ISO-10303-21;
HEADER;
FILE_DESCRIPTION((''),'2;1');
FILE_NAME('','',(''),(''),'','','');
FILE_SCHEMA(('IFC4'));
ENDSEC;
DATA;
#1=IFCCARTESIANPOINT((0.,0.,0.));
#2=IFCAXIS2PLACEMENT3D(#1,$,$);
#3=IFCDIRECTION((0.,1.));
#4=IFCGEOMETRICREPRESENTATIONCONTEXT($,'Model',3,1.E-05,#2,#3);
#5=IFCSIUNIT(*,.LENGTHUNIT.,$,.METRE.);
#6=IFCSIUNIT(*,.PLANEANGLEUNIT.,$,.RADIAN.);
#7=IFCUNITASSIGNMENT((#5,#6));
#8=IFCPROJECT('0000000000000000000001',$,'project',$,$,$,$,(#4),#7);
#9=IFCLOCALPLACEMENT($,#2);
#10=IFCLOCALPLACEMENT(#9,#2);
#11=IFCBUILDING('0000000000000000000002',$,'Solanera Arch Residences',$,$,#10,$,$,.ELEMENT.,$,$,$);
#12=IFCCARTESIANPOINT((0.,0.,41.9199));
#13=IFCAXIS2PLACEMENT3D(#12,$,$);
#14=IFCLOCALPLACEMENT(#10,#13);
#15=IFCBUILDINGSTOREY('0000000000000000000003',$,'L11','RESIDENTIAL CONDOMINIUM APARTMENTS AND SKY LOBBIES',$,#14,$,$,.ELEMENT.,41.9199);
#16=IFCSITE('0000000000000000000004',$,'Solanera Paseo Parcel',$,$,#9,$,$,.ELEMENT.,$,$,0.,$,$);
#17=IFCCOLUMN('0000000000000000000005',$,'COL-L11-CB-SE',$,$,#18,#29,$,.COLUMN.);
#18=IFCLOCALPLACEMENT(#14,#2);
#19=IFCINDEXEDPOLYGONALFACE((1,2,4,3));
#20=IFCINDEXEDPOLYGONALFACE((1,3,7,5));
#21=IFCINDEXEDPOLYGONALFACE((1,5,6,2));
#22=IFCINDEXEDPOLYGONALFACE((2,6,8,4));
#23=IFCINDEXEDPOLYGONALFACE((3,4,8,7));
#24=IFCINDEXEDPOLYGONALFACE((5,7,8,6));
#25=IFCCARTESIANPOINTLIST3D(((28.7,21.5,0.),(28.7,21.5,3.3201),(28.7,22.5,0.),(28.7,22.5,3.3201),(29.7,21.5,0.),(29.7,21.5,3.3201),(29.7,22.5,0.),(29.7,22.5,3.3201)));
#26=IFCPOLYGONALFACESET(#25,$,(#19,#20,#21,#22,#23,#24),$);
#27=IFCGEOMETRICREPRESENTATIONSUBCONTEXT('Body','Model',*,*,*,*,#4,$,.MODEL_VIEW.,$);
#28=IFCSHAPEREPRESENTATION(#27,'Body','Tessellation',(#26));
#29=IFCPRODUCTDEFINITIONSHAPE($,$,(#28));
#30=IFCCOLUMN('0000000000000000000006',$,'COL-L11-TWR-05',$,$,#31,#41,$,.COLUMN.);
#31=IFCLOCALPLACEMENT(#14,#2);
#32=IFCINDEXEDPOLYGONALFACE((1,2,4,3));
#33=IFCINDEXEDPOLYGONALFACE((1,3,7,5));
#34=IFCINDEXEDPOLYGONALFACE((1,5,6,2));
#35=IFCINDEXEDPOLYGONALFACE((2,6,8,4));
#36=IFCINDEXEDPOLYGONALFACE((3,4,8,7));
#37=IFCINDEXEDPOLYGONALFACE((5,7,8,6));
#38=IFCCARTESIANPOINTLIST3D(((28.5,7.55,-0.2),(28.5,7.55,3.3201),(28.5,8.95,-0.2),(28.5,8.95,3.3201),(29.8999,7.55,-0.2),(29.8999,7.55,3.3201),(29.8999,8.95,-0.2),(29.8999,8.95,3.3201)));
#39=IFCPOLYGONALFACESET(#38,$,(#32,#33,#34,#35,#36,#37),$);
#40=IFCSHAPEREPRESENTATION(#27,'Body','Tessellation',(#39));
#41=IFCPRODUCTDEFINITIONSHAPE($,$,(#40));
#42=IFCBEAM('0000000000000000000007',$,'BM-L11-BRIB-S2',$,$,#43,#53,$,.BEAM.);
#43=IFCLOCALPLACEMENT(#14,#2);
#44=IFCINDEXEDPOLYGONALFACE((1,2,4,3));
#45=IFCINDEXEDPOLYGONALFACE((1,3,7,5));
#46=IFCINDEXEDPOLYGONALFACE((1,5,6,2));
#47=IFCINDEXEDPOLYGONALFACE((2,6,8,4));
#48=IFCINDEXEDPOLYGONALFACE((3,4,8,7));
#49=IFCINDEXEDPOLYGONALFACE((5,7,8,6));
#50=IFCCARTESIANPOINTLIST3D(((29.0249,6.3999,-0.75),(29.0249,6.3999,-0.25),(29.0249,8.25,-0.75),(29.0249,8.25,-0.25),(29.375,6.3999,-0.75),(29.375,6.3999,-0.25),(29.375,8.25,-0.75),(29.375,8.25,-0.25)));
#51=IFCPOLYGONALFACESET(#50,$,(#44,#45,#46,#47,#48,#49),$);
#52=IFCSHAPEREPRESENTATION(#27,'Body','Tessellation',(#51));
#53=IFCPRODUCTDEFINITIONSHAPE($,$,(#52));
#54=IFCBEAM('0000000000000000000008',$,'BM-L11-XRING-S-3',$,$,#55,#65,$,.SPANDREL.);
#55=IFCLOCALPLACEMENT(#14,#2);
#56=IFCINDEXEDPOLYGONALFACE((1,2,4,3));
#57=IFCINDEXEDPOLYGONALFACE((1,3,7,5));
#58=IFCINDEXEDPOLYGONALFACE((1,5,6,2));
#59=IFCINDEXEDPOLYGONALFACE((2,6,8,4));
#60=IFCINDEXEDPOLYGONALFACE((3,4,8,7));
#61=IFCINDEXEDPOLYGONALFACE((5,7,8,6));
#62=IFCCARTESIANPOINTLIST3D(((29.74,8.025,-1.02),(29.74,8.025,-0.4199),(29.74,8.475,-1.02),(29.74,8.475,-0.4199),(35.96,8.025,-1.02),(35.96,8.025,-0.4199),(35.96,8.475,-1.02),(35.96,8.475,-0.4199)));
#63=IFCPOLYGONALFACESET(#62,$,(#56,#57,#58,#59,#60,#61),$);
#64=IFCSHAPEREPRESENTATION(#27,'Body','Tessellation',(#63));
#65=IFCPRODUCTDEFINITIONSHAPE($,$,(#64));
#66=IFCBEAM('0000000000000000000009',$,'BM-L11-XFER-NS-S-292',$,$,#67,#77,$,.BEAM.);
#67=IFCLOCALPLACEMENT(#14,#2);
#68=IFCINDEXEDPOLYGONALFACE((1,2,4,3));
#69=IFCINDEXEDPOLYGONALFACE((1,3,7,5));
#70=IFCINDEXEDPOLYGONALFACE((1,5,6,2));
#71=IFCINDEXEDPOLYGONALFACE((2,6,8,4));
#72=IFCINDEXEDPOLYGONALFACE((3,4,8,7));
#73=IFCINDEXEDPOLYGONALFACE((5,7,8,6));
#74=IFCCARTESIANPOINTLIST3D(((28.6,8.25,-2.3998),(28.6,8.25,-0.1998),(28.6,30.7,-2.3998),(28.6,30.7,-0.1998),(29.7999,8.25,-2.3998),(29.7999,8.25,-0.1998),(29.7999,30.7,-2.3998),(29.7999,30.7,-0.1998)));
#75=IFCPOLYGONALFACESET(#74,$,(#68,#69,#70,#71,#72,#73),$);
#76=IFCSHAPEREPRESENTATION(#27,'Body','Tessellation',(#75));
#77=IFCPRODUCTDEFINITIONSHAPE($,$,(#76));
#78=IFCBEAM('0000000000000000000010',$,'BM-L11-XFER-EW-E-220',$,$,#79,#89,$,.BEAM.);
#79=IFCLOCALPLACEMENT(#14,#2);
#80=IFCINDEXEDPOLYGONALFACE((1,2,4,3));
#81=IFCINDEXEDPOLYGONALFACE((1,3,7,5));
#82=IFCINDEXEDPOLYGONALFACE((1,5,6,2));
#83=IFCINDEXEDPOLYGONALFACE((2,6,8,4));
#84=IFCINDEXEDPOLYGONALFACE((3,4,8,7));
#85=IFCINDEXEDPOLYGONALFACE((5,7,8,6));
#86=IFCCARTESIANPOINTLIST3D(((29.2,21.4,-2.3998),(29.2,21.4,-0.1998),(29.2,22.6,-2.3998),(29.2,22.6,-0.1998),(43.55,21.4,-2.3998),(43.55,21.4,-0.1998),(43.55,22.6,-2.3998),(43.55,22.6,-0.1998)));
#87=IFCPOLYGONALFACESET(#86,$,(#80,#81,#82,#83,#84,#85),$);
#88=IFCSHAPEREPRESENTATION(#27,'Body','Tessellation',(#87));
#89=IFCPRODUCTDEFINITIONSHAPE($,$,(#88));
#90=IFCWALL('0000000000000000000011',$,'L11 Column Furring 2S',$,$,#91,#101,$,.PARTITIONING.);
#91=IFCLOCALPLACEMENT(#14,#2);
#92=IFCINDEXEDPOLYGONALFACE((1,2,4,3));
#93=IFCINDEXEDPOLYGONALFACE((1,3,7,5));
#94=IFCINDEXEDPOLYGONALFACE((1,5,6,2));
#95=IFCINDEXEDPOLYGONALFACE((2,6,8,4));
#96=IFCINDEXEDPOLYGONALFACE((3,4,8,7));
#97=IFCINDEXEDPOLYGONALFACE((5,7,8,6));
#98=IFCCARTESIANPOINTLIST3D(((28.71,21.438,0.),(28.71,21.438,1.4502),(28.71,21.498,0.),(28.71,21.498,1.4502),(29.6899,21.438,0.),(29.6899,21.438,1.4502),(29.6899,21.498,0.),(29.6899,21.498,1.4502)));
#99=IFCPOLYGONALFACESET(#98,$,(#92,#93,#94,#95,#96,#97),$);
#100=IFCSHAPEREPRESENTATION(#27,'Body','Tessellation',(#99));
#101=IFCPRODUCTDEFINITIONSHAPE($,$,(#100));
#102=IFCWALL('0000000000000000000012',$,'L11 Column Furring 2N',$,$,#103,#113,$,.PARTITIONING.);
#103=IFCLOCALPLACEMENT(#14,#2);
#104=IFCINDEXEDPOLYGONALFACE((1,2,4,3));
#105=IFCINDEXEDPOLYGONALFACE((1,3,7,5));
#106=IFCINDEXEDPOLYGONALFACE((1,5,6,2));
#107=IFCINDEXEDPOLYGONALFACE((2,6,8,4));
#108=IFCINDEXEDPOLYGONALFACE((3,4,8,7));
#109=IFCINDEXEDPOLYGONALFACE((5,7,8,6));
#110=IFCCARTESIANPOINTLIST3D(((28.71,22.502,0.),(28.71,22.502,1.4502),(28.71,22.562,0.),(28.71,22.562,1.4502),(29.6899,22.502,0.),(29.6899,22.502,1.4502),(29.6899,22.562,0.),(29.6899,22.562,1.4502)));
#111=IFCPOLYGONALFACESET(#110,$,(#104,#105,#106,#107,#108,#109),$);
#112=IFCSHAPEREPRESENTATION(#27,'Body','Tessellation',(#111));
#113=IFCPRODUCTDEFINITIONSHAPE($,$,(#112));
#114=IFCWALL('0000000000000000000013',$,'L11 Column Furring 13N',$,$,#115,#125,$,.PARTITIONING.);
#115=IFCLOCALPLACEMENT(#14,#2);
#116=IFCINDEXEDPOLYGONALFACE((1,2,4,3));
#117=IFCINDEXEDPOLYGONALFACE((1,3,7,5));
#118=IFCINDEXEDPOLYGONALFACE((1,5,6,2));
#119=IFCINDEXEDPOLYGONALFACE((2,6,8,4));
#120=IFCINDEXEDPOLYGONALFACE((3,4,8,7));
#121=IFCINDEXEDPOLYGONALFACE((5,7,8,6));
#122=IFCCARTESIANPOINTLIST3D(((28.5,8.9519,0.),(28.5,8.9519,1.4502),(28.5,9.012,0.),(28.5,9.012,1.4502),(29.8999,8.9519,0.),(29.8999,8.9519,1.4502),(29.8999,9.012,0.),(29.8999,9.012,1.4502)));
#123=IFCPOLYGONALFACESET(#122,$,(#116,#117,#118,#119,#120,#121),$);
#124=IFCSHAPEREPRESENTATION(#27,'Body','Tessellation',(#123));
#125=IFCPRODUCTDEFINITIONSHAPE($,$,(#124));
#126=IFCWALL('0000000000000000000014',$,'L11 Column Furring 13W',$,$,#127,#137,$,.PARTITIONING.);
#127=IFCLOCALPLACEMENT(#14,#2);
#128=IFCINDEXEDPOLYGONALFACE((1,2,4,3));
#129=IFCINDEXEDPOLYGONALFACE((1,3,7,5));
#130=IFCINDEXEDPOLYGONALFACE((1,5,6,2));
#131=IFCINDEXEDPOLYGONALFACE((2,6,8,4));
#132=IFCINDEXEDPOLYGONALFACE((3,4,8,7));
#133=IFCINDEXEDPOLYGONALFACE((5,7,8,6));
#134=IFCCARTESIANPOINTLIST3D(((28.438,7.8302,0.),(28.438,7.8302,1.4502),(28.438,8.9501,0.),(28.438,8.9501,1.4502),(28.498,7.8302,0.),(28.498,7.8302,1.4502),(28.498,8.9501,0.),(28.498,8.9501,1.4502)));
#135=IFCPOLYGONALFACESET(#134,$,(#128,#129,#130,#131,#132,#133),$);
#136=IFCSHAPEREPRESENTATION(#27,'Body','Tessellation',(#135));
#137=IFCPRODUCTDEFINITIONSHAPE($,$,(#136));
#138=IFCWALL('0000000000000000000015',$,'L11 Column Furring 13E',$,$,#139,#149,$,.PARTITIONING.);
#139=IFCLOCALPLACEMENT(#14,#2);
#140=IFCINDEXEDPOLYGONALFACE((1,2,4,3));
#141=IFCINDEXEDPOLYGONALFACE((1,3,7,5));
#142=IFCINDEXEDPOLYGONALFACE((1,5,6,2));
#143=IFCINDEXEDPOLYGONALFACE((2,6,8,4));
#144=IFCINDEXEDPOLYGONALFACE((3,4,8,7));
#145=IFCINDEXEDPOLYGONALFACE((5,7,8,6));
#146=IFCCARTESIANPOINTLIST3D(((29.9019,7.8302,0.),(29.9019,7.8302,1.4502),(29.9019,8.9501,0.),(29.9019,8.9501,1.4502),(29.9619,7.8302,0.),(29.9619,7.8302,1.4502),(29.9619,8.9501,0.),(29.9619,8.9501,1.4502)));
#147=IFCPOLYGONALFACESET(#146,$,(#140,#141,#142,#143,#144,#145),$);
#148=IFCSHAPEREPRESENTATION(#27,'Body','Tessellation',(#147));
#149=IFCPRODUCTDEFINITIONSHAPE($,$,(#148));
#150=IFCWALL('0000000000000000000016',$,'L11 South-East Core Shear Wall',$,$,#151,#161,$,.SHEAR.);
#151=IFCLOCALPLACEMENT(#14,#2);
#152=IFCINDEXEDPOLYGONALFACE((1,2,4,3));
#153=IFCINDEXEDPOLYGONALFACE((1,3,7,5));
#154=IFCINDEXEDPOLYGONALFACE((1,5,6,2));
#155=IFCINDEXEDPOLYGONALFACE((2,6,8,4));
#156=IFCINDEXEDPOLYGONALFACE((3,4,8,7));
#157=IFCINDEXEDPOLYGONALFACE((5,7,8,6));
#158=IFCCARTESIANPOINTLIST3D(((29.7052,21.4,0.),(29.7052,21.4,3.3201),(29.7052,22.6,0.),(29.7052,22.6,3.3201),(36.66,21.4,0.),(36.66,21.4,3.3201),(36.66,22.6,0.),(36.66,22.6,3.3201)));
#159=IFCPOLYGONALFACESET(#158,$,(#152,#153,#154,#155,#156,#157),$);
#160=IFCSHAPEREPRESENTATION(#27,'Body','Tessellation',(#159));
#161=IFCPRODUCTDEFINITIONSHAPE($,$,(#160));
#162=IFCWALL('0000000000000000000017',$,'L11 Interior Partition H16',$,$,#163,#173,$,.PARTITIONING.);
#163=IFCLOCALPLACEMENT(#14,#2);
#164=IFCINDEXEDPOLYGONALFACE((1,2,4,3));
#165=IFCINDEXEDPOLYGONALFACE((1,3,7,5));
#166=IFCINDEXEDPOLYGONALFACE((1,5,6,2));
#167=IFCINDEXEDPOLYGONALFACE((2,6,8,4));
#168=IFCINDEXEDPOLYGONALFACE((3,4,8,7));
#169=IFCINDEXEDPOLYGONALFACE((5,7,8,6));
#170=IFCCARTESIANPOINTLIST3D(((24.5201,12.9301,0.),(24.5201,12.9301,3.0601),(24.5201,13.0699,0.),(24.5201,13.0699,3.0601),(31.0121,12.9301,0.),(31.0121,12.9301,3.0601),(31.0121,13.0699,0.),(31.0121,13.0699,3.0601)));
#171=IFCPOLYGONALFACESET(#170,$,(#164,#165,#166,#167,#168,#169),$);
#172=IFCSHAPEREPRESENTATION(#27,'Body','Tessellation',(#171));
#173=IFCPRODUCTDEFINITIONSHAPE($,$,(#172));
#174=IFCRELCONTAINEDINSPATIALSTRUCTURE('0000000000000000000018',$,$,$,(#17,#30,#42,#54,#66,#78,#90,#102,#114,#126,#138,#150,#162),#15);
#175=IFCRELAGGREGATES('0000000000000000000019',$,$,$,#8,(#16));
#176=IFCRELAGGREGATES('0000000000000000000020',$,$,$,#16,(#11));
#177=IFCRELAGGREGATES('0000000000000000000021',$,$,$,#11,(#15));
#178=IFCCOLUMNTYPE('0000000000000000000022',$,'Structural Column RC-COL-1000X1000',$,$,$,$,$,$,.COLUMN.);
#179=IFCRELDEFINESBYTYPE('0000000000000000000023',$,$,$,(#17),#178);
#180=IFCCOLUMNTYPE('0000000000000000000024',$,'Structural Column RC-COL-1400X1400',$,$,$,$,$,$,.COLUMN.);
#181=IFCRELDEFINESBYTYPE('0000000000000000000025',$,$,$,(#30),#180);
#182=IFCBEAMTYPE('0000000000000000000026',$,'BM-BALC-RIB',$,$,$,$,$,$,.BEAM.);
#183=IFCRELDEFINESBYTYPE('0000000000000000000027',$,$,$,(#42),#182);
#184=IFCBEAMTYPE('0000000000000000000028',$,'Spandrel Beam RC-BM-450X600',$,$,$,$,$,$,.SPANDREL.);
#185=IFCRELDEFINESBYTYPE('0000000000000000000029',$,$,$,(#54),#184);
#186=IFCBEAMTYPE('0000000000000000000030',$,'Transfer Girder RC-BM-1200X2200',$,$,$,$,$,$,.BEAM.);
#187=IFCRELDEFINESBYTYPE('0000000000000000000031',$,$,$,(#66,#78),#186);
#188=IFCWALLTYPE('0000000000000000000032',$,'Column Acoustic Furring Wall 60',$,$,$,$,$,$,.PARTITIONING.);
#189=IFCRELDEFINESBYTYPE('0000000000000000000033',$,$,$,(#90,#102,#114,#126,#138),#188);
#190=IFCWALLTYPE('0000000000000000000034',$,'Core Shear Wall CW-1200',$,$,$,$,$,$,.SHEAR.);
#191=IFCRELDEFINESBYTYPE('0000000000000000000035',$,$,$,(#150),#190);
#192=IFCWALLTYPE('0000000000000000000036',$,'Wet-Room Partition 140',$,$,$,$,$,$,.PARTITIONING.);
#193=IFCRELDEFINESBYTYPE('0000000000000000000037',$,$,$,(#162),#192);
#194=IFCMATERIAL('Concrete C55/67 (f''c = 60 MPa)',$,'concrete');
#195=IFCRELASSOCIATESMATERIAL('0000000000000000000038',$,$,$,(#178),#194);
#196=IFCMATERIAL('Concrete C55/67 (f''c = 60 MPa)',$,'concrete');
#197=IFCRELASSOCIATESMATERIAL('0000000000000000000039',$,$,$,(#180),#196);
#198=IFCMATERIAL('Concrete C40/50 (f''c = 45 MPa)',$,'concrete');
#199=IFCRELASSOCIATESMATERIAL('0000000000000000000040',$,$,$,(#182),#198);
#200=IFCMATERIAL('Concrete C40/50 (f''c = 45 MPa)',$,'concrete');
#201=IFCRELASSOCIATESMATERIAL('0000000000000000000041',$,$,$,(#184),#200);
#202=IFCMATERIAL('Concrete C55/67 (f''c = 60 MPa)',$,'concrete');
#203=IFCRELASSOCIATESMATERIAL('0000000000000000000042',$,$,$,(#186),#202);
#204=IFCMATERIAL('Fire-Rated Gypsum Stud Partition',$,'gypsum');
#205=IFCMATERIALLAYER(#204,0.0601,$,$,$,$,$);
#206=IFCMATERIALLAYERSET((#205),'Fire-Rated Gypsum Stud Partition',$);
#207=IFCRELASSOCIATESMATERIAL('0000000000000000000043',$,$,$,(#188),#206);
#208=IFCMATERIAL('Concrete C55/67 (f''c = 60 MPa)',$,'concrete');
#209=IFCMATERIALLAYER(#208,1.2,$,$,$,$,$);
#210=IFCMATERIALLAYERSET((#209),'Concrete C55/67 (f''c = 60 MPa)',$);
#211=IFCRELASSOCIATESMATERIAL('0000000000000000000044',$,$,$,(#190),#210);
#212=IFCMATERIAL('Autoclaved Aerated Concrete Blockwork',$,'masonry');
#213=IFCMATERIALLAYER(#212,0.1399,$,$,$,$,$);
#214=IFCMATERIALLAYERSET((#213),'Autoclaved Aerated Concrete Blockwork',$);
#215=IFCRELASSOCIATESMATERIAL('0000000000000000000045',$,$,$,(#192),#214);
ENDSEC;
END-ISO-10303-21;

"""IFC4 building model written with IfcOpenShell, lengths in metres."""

from ifc_helpers import new_model, si_unit, direction, frame, frame_2d, origin, origin_2d, place, context, subcontext, project, spatial, rectangle, extrude, material, layer, layer_set, material_profile, profile_set, type_object, element, save


model = new_model("IFC4")

# Units and contexts
model_context = context("Model", 3, precision=1e-05, world=origin(), true_north=direction((0.0, 1.0)))
body_context = subcontext(model_context, "Body", "Model", "MODEL_VIEW")
ifc_project = project(units=[si_unit("LENGTHUNIT", "METRE"), si_unit("PLANEANGLEUNIT", "RADIAN")], contexts=[model_context])

# Site, building, storey
site_placement = place(None, origin())
site = spatial("IfcSite", under=ifc_project, at=site_placement, Name="Solanera Paseo Parcel", CompositionType="ELEMENT", RefElevation=0.0)
building_placement = place(site_placement, origin())
building = spatial("IfcBuilding", under=site, at=building_placement, Name="Solanera Arch Residences", CompositionType="ELEMENT")
storey_placement = place(building_placement, frame((0.0, 0.0, 41.9199)))
storey = spatial("IfcBuildingStorey", under=building, at=storey_placement, Name="L11", Description="RESIDENTIAL CONDOMINIUM APARTMENTS AND SKY LOBBIES", CompositionType="ELEMENT", Elevation=41.9199)

# Columns
ifc_material_1 = material(Name="Concrete C55/67 (f'c = 60 MPa)", Category="concrete")
ifc_material_profile_1 = material_profile(ifc_material_1, rectangle(XDim=1.0, YDim=1.0, at=origin_2d()))
ifc_profile_set_1 = profile_set([ifc_material_profile_1], Name="Concrete C55/67 (f'c = 60 MPa)")
column_type_1 = type_object("IfcColumnType", Name="Structural Column RC-COL-1000X1000", PredefinedType="COLUMN", material=ifc_profile_set_1)
column_1_placement = place(storey_placement, frame((29.2, 22.0, 0.0), z_axis=(0.0, 0.0, 1.0), x_axis=(1.0, 0.0, 0.0)))
element("IfcColumn", 1, at=column_1_placement, inside=storey, type_object=column_type_1, Name="COL-L11-CB-SE", PredefinedType="COLUMN", context=body_context, shape_type="SweptSolid", body=[
    extrude(rectangle(XDim=1.0, YDim=1.0, at=origin_2d()), origin(), (0.0, 0.0, 1.0), 3.3201),
])
ifc_material_2 = material(Name="Concrete C55/67 (f'c = 60 MPa)", Category="concrete")
ifc_material_profile_2 = material_profile(ifc_material_2, rectangle(XDim=1.3999, YDim=1.3999, at=origin_2d()))
ifc_profile_set_2 = profile_set([ifc_material_profile_2], Name="Concrete C55/67 (f'c = 60 MPa)")
column_type_2 = type_object("IfcColumnType", Name="Structural Column RC-COL-1400X1400", PredefinedType="COLUMN", material=ifc_profile_set_2)
column_2_placement = place(storey_placement, frame((29.2, 8.25, -0.2), z_axis=(0.0, 0.0, 1.0), x_axis=(1.0, 0.0, 0.0)))
element("IfcColumn", 2, at=column_2_placement, inside=storey, type_object=column_type_2, Name="COL-L11-TWR-05", PredefinedType="COLUMN", context=body_context, shape_type="SweptSolid", body=[
    extrude(rectangle(XDim=1.3999, YDim=1.3999, at=origin_2d()), origin(), (0.0, 0.0, 1.0), 3.52),
])

# Beams
ifc_material_3 = material(Name="Concrete C40/50 (f'c = 45 MPa)", Category="concrete")
ifc_material_profile_3 = material_profile(ifc_material_3, rectangle(XDim=0.3501, YDim=0.5, at=origin_2d()))
ifc_profile_set_3 = profile_set([ifc_material_profile_3], Name="Concrete C40/50 (f'c = 45 MPa)")
beam_type_1 = type_object("IfcBeamType", Name="BM-BALC-RIB", PredefinedType="BEAM", material=ifc_profile_set_3)
beam_1_placement = place(storey_placement, frame((29.2, 6.3999, -0.5), z_axis=(0.0, 1.0, 0.0), x_axis=(-1.0, 0.0, 0.0)))
element("IfcBeam", 3, at=beam_1_placement, inside=storey, type_object=beam_type_1, Name="BM-L11-BRIB-S2", PredefinedType="BEAM", context=body_context, shape_type="SweptSolid", body=[
    extrude(rectangle(XDim=0.3501, YDim=0.5, at=origin_2d()), origin(), (0.0, 0.0, 1.0), 1.8501),
])
ifc_material_4 = material(Name="Concrete C40/50 (f'c = 45 MPa)", Category="concrete")
ifc_material_profile_4 = material_profile(ifc_material_4, rectangle(XDim=0.45, YDim=0.6001, at=origin_2d()))
ifc_profile_set_4 = profile_set([ifc_material_profile_4], Name="Concrete C40/50 (f'c = 45 MPa)")
beam_type_2 = type_object("IfcBeamType", Name="Spandrel Beam RC-BM-450X600", PredefinedType="SPANDREL", material=ifc_profile_set_4)
beam_2_placement = place(storey_placement, frame((29.74, 8.25, -0.72), z_axis=(1.0, 0.0, 0.0), x_axis=(0.0, 1.0, 0.0)))
element("IfcBeam", 4, at=beam_2_placement, inside=storey, type_object=beam_type_2, Name="BM-L11-XRING-S-3", PredefinedType="SPANDREL", context=body_context, shape_type="SweptSolid", body=[
    extrude(rectangle(XDim=0.45, YDim=0.6001, at=origin_2d()), origin(), (0.0, 0.0, 1.0), 6.22),
])
ifc_material_5 = material(Name="Concrete C55/67 (f'c = 60 MPa)", Category="concrete")
ifc_material_profile_5 = material_profile(ifc_material_5, rectangle(XDim=1.2, YDim=2.2, at=origin_2d()))
ifc_profile_set_5 = profile_set([ifc_material_profile_5], Name="Concrete C55/67 (f'c = 60 MPa)")
beam_type_3 = type_object("IfcBeamType", Name="Transfer Girder RC-BM-1200X2200", PredefinedType="BEAM", material=ifc_profile_set_5)
beam_3_placement = place(storey_placement, frame((29.2, 8.25, -1.2998), z_axis=(0.0, 1.0, 0.0), x_axis=(-1.0, 0.0, 0.0)))
element("IfcBeam", 5, at=beam_3_placement, inside=storey, type_object=beam_type_3, Name="BM-L11-XFER-NS-S-292", PredefinedType="BEAM", context=body_context, shape_type="SweptSolid", body=[
    extrude(rectangle(XDim=1.2, YDim=2.2, at=origin_2d()), origin(), (0.0, 0.0, 1.0), 22.45),
])
beam_4_placement = place(storey_placement, frame((29.2, 22.0, -1.2998), z_axis=(1.0, 0.0, 0.0), x_axis=(0.0, 1.0, 0.0)))
element("IfcBeam", 6, at=beam_4_placement, inside=storey, type_object=beam_type_3, Name="BM-L11-XFER-EW-E-220", PredefinedType="BEAM", context=body_context, shape_type="SweptSolid", body=[
    extrude(rectangle(XDim=1.2, YDim=2.2, at=origin_2d()), origin(), (0.0, 0.0, 1.0), 14.3501),
])

# Walls
ifc_material_6 = material(Name="Fire-Rated Gypsum Stud Partition", Category="gypsum")
ifc_layer_1 = layer(ifc_material_6, 0.0601)
ifc_layer_set_1 = layer_set([ifc_layer_1], Name="Fire-Rated Gypsum Stud Partition")
wall_type_1 = type_object("IfcWallType", Name="Column Acoustic Furring Wall 60", PredefinedType="PARTITIONING", material=ifc_layer_set_1)
for number, where, z_axis, x_axis, name in (
    (7, (28.71, 21.468, 0.0), (0.0, 0.0, 1.0), (1.0, 0.0, 0.0), "L11 Column Furring 2S"),
    (8, (28.71, 22.532, 0.0), (0.0, 0.0, 1.0), (1.0, 0.0, 0.0), "L11 Column Furring 2N"),
):
    element("IfcWall", number, at=place(storey_placement, frame(where, z_axis=z_axis, x_axis=x_axis)), inside=storey, type_object=wall_type_1, Name=name, PredefinedType="PARTITIONING", context=body_context, shape_type="SweptSolid", body=[
        extrude(rectangle(XDim=0.98, YDim=0.0601, at=frame_2d((0.49, 0.0))), origin(), (0.0, 0.0, 1.0), 1.4502),
    ])
wall_1_placement = place(storey_placement, frame((28.5, 8.9819, 0.0), z_axis=(0.0, 0.0, 1.0), x_axis=(1.0, 0.0, 0.0)))
element("IfcWall", 9, at=wall_1_placement, inside=storey, type_object=wall_type_1, Name="L11 Column Furring 13N", PredefinedType="PARTITIONING", context=body_context, shape_type="SweptSolid", body=[
    extrude(rectangle(XDim=1.3999, YDim=0.0601, at=frame_2d((0.7, 0.0))), origin(), (0.0, 0.0, 1.0), 1.4502),
])
for number, where, z_axis, x_axis, name in (
    (10, (28.468, 7.8301, 0.0), (0.0, 0.0, 1.0), (0.0, 1.0, 0.0), "L11 Column Furring 13W"),
    (11, (29.9319, 7.8301, 0.0), (0.0, 0.0, 1.0), (0.0, 1.0, 0.0), "L11 Column Furring 13E"),
):
    element("IfcWall", number, at=place(storey_placement, frame(where, z_axis=z_axis, x_axis=x_axis)), inside=storey, type_object=wall_type_1, Name=name, PredefinedType="PARTITIONING", context=body_context, shape_type="SweptSolid", body=[
        extrude(rectangle(XDim=1.1199, YDim=0.0601, at=frame_2d((0.5601, 0.0))), origin(), (0.0, 0.0, 1.0), 1.4502),
    ])
ifc_material_7 = material(Name="Concrete C55/67 (f'c = 60 MPa)", Category="concrete")
ifc_layer_2 = layer(ifc_material_7, 1.2)
ifc_layer_set_2 = layer_set([ifc_layer_2], Name="Concrete C55/67 (f'c = 60 MPa)")
wall_type_2 = type_object("IfcWallType", Name="Core Shear Wall CW-1200", PredefinedType="SHEAR", material=ifc_layer_set_2)
wall_2_placement = place(storey_placement, frame((29.7051, 22.0, 0.0), z_axis=(0.0, 0.0, 1.0), x_axis=(1.0, 0.0, 0.0)))
element("IfcWall", 12, at=wall_2_placement, inside=storey, type_object=wall_type_2, Name="L11 South-East Core Shear Wall", PredefinedType="SHEAR", context=body_context, shape_type="SweptSolid", body=[
    extrude(rectangle(XDim=6.9548, YDim=1.2, at=frame_2d((3.4775, 0.0))), origin(), (0.0, 0.0, 1.0), 3.3201),
])
ifc_material_8 = material(Name="Autoclaved Aerated Concrete Blockwork", Category="masonry")
ifc_layer_3 = layer(ifc_material_8, 0.1399)
ifc_layer_set_3 = layer_set([ifc_layer_3], Name="Autoclaved Aerated Concrete Blockwork")
wall_type_3 = type_object("IfcWallType", Name="Wet-Room Partition 140", PredefinedType="PARTITIONING", material=ifc_layer_set_3)
wall_3_placement = place(storey_placement, frame((24.52, 13.0, 0.0), z_axis=(0.0, 0.0, 1.0), x_axis=(1.0, 0.0, 0.0)))
element("IfcWall", 13, at=wall_3_placement, inside=storey, type_object=wall_type_3, Name="L11 Interior Partition H16", PredefinedType="PARTITIONING", context=body_context, shape_type="SweptSolid", body=[
    extrude(rectangle(XDim=6.4919, YDim=0.1399, at=frame_2d((3.2461, 0.0))), origin(), (0.0, 0.0, 1.0), 3.0601),
])

save(model, "model.ifc")
